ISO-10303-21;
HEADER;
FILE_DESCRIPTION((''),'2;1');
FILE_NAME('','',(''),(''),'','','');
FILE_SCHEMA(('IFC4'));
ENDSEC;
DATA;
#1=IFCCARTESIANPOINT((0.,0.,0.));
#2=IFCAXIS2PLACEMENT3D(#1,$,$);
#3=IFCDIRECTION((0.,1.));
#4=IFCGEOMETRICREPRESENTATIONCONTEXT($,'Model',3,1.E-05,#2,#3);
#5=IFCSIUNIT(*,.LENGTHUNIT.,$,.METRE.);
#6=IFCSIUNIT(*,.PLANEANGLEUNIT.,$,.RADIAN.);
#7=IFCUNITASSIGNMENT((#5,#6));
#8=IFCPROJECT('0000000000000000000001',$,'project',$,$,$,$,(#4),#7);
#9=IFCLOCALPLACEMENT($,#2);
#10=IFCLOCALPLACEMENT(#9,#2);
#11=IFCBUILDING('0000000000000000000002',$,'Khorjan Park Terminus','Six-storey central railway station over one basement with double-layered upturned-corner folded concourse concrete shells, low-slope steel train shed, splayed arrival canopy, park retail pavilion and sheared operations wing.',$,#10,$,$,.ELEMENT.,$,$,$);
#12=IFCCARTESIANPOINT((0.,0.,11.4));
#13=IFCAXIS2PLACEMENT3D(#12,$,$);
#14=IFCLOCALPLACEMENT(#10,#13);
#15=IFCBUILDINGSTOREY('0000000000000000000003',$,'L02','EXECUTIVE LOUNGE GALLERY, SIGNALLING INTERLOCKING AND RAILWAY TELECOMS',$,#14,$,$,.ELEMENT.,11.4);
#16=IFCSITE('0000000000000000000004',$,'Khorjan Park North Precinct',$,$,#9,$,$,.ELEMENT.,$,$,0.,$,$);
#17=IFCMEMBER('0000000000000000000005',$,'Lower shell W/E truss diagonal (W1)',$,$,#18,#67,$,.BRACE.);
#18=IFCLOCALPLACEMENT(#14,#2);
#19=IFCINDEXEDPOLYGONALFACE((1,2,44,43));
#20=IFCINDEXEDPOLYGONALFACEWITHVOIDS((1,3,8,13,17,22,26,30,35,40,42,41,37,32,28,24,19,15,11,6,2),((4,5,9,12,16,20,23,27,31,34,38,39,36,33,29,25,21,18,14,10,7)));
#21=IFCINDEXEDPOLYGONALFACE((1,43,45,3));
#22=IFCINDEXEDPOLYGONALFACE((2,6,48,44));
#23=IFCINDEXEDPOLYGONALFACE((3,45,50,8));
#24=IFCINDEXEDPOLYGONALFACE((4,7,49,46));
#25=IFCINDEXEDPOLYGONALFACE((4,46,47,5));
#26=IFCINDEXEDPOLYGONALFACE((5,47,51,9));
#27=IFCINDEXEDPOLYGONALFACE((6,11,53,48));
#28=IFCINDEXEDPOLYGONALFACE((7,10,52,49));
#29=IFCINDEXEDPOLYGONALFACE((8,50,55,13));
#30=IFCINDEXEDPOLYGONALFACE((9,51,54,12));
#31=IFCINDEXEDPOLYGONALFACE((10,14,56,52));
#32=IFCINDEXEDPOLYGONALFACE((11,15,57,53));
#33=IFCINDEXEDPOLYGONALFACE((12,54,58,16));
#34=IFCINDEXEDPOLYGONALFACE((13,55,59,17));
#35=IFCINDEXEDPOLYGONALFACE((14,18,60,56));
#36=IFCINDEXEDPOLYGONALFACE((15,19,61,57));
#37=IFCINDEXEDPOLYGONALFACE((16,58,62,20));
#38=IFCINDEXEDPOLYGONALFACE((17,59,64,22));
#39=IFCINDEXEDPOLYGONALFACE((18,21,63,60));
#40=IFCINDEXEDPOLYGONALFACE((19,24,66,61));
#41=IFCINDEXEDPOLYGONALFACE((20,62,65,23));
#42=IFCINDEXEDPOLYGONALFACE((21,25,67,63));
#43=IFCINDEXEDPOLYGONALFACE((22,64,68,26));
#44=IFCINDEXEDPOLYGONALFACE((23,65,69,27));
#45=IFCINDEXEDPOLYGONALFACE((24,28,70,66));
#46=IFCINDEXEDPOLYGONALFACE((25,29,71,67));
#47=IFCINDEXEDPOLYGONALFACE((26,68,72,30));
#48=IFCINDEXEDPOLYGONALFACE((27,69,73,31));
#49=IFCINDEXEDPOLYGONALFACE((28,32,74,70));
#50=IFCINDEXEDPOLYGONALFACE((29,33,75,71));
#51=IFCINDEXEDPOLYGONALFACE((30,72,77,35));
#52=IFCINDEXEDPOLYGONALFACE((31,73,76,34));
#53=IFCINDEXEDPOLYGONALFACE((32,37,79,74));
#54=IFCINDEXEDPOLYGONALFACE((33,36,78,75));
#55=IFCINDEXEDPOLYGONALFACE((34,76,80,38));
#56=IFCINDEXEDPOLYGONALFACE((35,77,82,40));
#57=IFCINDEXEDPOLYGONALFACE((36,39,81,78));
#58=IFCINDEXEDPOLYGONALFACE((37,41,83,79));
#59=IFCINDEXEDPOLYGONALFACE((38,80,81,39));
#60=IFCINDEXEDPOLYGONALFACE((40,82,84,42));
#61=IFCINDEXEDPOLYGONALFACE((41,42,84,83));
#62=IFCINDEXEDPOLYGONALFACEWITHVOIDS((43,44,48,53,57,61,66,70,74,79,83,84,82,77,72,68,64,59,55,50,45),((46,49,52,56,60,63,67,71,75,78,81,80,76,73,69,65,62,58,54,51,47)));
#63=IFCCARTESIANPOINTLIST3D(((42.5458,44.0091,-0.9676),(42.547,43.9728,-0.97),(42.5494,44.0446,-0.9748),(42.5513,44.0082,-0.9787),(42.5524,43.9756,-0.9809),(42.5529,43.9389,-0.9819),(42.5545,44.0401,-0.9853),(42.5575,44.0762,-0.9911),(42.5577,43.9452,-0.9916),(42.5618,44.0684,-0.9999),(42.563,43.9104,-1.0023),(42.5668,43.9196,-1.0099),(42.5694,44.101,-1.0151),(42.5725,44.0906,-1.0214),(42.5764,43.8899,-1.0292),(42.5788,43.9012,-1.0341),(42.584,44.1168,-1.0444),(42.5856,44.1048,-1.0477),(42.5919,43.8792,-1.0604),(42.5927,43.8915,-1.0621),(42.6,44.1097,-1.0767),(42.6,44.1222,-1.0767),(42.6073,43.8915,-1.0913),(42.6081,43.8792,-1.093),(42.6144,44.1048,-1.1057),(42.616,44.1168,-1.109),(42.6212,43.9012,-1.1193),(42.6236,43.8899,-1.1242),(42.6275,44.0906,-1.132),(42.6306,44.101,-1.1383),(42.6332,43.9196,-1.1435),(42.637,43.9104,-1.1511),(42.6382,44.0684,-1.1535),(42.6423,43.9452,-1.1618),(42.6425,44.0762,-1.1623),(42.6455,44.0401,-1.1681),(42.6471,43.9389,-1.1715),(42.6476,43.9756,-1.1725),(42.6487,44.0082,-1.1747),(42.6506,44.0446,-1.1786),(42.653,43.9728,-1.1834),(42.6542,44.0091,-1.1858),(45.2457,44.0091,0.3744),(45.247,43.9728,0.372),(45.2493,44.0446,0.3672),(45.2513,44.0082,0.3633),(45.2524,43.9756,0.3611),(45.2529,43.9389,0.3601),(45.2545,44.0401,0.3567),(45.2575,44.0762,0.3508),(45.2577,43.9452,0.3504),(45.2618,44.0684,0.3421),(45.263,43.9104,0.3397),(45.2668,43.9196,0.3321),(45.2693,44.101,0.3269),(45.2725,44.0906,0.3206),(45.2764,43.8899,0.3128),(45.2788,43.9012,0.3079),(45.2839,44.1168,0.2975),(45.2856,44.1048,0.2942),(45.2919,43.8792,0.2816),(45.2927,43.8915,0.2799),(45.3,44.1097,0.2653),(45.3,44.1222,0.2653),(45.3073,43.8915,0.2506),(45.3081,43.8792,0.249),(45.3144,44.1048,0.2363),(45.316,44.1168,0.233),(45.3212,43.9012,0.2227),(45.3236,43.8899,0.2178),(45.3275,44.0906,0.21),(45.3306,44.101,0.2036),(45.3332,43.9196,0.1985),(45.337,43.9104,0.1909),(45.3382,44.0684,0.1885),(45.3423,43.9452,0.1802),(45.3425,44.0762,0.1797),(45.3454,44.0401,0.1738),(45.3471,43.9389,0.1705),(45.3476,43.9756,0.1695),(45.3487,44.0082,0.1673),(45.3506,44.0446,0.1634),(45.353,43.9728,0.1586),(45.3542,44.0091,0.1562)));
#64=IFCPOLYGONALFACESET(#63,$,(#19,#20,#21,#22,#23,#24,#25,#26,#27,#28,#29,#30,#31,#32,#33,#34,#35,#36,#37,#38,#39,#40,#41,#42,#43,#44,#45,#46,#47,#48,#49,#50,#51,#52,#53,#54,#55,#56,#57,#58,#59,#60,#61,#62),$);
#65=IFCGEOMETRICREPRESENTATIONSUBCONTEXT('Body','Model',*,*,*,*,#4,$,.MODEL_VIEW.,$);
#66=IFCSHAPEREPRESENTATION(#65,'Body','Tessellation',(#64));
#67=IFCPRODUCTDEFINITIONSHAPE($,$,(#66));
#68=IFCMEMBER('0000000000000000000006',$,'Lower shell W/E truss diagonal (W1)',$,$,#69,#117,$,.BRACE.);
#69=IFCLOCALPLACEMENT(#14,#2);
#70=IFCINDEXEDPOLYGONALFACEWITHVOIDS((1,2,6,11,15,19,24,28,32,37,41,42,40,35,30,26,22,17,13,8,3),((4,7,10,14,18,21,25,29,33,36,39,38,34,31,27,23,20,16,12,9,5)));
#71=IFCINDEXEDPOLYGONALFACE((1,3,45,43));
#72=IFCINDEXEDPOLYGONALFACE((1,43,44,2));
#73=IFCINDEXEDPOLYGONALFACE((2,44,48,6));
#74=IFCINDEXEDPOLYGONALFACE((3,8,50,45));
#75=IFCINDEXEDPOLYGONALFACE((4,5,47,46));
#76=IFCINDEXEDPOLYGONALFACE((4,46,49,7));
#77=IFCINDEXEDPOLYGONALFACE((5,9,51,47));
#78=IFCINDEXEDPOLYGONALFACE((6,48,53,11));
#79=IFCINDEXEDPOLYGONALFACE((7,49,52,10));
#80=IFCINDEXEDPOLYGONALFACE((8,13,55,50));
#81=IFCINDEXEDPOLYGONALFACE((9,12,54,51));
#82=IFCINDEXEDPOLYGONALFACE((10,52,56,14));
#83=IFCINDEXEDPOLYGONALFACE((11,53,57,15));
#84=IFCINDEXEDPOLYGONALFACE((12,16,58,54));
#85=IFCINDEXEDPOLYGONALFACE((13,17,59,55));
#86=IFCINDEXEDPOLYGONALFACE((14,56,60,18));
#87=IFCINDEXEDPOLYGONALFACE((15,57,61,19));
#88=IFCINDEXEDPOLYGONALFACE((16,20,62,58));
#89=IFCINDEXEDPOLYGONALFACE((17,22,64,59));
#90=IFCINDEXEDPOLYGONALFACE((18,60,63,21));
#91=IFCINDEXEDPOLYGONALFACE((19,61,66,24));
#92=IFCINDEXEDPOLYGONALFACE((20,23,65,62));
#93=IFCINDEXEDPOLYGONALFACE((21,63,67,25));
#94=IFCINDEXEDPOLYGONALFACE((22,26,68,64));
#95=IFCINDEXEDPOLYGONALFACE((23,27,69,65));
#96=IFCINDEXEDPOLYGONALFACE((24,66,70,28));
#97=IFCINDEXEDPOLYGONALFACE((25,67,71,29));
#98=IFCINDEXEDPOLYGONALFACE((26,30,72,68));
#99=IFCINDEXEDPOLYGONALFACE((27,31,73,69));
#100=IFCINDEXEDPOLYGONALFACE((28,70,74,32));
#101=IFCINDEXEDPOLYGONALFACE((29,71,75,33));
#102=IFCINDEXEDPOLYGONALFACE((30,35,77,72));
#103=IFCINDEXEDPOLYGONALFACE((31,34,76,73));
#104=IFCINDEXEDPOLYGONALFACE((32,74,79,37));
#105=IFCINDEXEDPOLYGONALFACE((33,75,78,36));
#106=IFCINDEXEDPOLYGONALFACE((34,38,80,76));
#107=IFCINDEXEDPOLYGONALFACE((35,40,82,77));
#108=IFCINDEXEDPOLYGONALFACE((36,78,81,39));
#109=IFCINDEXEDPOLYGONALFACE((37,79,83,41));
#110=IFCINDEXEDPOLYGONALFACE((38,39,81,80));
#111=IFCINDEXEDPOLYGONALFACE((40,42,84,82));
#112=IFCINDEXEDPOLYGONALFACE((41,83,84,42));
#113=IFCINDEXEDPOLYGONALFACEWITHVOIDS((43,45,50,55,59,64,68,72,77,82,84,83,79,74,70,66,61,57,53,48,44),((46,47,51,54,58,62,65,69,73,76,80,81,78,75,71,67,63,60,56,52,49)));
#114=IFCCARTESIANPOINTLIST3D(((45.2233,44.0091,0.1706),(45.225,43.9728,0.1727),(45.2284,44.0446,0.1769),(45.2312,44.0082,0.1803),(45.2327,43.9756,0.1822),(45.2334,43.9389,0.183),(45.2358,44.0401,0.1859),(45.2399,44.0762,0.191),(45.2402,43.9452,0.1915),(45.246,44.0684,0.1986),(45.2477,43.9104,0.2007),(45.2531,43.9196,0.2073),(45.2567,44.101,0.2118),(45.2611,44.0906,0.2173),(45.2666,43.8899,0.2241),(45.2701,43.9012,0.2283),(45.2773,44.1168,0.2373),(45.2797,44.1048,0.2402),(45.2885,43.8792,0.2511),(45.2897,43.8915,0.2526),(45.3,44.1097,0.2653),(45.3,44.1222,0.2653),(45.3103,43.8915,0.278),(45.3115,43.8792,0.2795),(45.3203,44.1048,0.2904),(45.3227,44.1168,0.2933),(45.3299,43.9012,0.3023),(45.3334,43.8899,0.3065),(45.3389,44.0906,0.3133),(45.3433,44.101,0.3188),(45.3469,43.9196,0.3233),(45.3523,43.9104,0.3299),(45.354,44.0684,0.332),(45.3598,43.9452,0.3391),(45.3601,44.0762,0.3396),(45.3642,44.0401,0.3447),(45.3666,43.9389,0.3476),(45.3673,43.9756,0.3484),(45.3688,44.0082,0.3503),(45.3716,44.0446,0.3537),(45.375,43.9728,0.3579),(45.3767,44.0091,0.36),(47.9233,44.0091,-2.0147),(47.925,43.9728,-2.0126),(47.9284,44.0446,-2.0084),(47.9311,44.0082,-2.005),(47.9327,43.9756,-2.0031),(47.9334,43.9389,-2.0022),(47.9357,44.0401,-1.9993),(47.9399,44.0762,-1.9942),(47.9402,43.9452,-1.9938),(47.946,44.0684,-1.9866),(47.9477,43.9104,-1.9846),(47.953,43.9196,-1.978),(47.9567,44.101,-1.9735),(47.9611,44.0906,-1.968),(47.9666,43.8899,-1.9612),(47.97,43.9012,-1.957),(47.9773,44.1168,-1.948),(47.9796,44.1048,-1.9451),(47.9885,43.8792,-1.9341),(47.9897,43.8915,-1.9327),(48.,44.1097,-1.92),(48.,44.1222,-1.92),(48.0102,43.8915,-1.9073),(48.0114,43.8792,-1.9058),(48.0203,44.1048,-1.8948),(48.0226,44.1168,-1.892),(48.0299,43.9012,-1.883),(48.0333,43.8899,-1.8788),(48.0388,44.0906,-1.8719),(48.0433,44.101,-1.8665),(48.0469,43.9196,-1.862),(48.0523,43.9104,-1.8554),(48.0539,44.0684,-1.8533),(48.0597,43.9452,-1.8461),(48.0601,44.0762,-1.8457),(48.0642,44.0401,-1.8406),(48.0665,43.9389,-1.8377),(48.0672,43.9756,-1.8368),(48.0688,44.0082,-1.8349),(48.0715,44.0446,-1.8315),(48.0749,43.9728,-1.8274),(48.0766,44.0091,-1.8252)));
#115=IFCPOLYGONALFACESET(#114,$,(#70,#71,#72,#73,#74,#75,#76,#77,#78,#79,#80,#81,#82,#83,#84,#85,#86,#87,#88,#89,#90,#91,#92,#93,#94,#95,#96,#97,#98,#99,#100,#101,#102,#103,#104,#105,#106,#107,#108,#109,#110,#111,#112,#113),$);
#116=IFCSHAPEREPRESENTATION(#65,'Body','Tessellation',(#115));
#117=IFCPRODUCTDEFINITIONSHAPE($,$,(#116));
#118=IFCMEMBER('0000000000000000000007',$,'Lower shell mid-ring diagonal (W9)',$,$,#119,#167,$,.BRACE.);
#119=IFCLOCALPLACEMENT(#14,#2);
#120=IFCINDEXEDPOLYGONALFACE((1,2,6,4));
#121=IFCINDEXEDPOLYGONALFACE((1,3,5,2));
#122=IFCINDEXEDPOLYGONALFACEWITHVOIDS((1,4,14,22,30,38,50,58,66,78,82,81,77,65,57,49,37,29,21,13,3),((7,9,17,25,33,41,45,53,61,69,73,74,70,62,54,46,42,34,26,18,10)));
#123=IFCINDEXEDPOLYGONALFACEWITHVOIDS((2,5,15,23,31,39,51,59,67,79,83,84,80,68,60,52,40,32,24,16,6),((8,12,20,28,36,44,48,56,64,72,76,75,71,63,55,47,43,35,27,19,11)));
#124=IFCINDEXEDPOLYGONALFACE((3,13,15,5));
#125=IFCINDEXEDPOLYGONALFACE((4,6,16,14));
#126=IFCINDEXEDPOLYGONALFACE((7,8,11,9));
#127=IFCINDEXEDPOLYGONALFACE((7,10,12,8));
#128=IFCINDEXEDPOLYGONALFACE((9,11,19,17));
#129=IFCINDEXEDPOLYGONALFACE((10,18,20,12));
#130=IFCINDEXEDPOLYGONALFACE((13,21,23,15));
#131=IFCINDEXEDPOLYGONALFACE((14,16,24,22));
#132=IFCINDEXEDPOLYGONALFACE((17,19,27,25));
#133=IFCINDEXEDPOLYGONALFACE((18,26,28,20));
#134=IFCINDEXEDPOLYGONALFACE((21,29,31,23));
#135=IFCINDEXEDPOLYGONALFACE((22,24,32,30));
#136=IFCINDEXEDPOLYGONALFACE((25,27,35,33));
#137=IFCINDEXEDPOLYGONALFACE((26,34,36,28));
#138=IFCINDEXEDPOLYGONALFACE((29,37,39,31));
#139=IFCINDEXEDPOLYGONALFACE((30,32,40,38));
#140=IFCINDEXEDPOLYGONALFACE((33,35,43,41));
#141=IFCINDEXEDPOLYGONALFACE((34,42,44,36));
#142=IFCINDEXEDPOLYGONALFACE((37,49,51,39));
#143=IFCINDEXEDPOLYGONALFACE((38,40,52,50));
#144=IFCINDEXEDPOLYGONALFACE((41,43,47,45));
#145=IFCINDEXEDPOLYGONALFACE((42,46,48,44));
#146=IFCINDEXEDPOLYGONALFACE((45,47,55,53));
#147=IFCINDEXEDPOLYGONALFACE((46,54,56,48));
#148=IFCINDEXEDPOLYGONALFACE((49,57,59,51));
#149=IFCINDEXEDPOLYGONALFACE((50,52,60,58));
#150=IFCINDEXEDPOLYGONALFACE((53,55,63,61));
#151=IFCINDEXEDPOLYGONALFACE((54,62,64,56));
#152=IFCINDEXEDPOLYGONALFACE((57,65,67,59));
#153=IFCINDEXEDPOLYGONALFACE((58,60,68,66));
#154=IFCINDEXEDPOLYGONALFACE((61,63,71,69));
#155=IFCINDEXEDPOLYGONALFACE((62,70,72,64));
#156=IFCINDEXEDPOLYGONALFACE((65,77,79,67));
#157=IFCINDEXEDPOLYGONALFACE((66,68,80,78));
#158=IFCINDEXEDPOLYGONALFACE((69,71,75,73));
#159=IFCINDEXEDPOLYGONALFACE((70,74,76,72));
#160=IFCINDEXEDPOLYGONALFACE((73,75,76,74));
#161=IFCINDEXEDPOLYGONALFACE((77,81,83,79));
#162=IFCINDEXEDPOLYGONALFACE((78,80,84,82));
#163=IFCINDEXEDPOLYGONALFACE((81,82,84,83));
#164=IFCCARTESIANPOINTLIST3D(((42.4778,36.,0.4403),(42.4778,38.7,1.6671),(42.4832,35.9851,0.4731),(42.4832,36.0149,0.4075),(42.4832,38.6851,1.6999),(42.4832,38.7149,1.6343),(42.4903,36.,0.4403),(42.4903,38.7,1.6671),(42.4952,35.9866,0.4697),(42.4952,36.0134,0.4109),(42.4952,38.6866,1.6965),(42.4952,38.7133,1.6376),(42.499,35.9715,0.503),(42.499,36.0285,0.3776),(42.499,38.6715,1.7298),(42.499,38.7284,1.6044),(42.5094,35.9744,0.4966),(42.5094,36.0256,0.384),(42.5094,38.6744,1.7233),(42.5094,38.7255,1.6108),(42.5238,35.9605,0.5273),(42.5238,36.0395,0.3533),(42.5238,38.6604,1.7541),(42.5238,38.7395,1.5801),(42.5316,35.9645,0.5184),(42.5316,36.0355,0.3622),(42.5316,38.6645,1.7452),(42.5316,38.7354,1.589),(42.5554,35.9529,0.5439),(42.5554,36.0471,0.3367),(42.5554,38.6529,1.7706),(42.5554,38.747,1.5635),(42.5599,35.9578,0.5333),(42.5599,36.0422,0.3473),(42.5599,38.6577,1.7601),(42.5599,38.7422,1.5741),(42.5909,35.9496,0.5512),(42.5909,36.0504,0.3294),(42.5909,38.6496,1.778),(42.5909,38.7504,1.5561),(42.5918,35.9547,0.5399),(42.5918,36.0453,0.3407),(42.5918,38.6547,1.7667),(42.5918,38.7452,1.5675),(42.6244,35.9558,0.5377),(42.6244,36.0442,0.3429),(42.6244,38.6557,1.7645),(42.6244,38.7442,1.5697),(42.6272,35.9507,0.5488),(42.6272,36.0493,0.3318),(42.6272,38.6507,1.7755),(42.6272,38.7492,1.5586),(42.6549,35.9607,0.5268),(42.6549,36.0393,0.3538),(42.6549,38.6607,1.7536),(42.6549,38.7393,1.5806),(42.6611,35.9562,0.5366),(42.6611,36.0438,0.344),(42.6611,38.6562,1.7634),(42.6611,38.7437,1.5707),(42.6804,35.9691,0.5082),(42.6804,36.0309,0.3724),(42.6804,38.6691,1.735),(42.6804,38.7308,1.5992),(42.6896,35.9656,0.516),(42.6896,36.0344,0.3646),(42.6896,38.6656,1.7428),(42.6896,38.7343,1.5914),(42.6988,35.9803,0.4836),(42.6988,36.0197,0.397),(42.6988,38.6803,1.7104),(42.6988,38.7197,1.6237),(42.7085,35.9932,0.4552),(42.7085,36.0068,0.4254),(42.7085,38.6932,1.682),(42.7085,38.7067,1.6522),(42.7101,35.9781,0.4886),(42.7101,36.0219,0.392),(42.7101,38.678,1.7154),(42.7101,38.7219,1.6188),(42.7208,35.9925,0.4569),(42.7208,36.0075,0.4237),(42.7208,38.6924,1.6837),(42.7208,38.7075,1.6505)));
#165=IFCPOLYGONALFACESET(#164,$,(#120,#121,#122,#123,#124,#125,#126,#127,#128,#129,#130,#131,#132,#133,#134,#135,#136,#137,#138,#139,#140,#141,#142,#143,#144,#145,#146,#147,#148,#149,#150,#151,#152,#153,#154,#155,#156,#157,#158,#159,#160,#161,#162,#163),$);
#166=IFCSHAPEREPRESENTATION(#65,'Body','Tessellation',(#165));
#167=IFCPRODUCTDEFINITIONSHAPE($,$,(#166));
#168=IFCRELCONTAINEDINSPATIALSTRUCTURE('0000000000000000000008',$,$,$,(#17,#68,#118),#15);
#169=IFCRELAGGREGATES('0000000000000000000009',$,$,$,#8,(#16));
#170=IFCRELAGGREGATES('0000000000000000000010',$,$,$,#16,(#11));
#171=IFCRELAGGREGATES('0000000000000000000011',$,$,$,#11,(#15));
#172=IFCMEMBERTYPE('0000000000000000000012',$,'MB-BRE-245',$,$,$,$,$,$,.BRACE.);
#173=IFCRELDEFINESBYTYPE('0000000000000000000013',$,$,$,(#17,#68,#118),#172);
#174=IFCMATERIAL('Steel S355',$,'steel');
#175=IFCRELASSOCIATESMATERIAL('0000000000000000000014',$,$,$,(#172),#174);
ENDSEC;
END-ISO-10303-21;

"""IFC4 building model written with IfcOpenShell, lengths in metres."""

from ifc_helpers import new_model, si_unit, direction, frame, origin, origin_2d, place, context, subcontext, project, spatial, hollow_circle, extrude, material, material_profile, profile_set, type_object, element, save


model = new_model("IFC4")

# Units and contexts
model_context = context("Model", 3, precision=1e-05, world=origin(), true_north=direction((0.0, 1.0)))
body_context = subcontext(model_context, "Body", "Model", "MODEL_VIEW")
ifc_project = project(units=[si_unit("LENGTHUNIT", "METRE"), si_unit("PLANEANGLEUNIT", "RADIAN")], contexts=[model_context])

# Site, building, storey
site_placement = place(None, origin())
site = spatial("IfcSite", under=ifc_project, at=site_placement, Name="Khorjan Park North Precinct", CompositionType="ELEMENT", RefElevation=0.0)
building_placement = place(site_placement, origin())
building = spatial("IfcBuilding", under=site, at=building_placement, Name="Khorjan Park Terminus", Description="Six-storey central railway station over one basement with double-layered upturned-corner folded concourse concrete shells, low-slope steel train shed, splayed arrival canopy, park retail pavilion and sheared operations wing.", CompositionType="ELEMENT")
storey_placement = place(building_placement, frame((0.0, 0.0, 11.4)))
storey = spatial("IfcBuildingStorey", under=building, at=storey_placement, Name="L02", Description="EXECUTIVE LOUNGE GALLERY, SIGNALLING INTERLOCKING AND RAILWAY TELECOMS", CompositionType="ELEMENT", Elevation=11.4)

# Members
ifc_material_1 = material(Name="Steel S355", Category="steel")
ifc_material_profile_1 = material_profile(ifc_material_1, hollow_circle(Radius=0.1222, WallThickness=0.0125, at=origin_2d()), Name="CHS 244.5x12.5")
ifc_profile_set_1 = profile_set([ifc_material_profile_1], Name="Steel S355")
member_type_1 = type_object("IfcMemberType", Name="MB-BRE-245", PredefinedType="BRACE", material=ifc_profile_set_1)
member_1_placement = place(storey_placement, frame((42.6, 44.0, -1.0767), z_axis=(0.895486, 0.0, 0.44509), x_axis=(0.0, 1.0, 0.0)))
element("IfcMember", 1, at=member_1_placement, inside=storey, type_object=member_type_1, Name="Lower shell W/E truss diagonal (W1)", PredefinedType="BRACE", context=body_context, shape_type="SweptSolid", body=[
    extrude(hollow_circle(Radius=0.1222, WallThickness=0.0125, at=origin_2d()), origin(), (0.0, 0.0, 1.0), 3.0151),
])
member_2_placement = place(storey_placement, frame((45.3, 44.0, 0.2653), z_axis=(0.777303, 0.0, -0.629126), x_axis=(0.0, 1.0, 0.0)))
element("IfcMember", 2, at=member_2_placement, inside=storey, type_object=member_type_1, Name="Lower shell W/E truss diagonal (W1)", PredefinedType="BRACE", context=body_context, shape_type="SweptSolid", body=[
    extrude(hollow_circle(Radius=0.1222, WallThickness=0.0125, at=origin_2d()), origin(), (0.0, 0.0, 1.0), 3.4735),
])
member_3_placement = place(storey_placement, frame((42.6, 36.0, 0.4403), z_axis=(0.0, 0.910427, 0.413671), x_axis=(-1.0, 0.0, 0.0)))
element("IfcMember", 3, at=member_3_placement, inside=storey, type_object=member_type_1, Name="Lower shell mid-ring diagonal (W9)", PredefinedType="BRACE", context=body_context, shape_type="SweptSolid", body=[
    extrude(hollow_circle(Radius=0.1222, WallThickness=0.0125, at=origin_2d()), origin(), (0.0, 0.0, 1.0), 2.9656),
])

save(model, "model.ifc")
